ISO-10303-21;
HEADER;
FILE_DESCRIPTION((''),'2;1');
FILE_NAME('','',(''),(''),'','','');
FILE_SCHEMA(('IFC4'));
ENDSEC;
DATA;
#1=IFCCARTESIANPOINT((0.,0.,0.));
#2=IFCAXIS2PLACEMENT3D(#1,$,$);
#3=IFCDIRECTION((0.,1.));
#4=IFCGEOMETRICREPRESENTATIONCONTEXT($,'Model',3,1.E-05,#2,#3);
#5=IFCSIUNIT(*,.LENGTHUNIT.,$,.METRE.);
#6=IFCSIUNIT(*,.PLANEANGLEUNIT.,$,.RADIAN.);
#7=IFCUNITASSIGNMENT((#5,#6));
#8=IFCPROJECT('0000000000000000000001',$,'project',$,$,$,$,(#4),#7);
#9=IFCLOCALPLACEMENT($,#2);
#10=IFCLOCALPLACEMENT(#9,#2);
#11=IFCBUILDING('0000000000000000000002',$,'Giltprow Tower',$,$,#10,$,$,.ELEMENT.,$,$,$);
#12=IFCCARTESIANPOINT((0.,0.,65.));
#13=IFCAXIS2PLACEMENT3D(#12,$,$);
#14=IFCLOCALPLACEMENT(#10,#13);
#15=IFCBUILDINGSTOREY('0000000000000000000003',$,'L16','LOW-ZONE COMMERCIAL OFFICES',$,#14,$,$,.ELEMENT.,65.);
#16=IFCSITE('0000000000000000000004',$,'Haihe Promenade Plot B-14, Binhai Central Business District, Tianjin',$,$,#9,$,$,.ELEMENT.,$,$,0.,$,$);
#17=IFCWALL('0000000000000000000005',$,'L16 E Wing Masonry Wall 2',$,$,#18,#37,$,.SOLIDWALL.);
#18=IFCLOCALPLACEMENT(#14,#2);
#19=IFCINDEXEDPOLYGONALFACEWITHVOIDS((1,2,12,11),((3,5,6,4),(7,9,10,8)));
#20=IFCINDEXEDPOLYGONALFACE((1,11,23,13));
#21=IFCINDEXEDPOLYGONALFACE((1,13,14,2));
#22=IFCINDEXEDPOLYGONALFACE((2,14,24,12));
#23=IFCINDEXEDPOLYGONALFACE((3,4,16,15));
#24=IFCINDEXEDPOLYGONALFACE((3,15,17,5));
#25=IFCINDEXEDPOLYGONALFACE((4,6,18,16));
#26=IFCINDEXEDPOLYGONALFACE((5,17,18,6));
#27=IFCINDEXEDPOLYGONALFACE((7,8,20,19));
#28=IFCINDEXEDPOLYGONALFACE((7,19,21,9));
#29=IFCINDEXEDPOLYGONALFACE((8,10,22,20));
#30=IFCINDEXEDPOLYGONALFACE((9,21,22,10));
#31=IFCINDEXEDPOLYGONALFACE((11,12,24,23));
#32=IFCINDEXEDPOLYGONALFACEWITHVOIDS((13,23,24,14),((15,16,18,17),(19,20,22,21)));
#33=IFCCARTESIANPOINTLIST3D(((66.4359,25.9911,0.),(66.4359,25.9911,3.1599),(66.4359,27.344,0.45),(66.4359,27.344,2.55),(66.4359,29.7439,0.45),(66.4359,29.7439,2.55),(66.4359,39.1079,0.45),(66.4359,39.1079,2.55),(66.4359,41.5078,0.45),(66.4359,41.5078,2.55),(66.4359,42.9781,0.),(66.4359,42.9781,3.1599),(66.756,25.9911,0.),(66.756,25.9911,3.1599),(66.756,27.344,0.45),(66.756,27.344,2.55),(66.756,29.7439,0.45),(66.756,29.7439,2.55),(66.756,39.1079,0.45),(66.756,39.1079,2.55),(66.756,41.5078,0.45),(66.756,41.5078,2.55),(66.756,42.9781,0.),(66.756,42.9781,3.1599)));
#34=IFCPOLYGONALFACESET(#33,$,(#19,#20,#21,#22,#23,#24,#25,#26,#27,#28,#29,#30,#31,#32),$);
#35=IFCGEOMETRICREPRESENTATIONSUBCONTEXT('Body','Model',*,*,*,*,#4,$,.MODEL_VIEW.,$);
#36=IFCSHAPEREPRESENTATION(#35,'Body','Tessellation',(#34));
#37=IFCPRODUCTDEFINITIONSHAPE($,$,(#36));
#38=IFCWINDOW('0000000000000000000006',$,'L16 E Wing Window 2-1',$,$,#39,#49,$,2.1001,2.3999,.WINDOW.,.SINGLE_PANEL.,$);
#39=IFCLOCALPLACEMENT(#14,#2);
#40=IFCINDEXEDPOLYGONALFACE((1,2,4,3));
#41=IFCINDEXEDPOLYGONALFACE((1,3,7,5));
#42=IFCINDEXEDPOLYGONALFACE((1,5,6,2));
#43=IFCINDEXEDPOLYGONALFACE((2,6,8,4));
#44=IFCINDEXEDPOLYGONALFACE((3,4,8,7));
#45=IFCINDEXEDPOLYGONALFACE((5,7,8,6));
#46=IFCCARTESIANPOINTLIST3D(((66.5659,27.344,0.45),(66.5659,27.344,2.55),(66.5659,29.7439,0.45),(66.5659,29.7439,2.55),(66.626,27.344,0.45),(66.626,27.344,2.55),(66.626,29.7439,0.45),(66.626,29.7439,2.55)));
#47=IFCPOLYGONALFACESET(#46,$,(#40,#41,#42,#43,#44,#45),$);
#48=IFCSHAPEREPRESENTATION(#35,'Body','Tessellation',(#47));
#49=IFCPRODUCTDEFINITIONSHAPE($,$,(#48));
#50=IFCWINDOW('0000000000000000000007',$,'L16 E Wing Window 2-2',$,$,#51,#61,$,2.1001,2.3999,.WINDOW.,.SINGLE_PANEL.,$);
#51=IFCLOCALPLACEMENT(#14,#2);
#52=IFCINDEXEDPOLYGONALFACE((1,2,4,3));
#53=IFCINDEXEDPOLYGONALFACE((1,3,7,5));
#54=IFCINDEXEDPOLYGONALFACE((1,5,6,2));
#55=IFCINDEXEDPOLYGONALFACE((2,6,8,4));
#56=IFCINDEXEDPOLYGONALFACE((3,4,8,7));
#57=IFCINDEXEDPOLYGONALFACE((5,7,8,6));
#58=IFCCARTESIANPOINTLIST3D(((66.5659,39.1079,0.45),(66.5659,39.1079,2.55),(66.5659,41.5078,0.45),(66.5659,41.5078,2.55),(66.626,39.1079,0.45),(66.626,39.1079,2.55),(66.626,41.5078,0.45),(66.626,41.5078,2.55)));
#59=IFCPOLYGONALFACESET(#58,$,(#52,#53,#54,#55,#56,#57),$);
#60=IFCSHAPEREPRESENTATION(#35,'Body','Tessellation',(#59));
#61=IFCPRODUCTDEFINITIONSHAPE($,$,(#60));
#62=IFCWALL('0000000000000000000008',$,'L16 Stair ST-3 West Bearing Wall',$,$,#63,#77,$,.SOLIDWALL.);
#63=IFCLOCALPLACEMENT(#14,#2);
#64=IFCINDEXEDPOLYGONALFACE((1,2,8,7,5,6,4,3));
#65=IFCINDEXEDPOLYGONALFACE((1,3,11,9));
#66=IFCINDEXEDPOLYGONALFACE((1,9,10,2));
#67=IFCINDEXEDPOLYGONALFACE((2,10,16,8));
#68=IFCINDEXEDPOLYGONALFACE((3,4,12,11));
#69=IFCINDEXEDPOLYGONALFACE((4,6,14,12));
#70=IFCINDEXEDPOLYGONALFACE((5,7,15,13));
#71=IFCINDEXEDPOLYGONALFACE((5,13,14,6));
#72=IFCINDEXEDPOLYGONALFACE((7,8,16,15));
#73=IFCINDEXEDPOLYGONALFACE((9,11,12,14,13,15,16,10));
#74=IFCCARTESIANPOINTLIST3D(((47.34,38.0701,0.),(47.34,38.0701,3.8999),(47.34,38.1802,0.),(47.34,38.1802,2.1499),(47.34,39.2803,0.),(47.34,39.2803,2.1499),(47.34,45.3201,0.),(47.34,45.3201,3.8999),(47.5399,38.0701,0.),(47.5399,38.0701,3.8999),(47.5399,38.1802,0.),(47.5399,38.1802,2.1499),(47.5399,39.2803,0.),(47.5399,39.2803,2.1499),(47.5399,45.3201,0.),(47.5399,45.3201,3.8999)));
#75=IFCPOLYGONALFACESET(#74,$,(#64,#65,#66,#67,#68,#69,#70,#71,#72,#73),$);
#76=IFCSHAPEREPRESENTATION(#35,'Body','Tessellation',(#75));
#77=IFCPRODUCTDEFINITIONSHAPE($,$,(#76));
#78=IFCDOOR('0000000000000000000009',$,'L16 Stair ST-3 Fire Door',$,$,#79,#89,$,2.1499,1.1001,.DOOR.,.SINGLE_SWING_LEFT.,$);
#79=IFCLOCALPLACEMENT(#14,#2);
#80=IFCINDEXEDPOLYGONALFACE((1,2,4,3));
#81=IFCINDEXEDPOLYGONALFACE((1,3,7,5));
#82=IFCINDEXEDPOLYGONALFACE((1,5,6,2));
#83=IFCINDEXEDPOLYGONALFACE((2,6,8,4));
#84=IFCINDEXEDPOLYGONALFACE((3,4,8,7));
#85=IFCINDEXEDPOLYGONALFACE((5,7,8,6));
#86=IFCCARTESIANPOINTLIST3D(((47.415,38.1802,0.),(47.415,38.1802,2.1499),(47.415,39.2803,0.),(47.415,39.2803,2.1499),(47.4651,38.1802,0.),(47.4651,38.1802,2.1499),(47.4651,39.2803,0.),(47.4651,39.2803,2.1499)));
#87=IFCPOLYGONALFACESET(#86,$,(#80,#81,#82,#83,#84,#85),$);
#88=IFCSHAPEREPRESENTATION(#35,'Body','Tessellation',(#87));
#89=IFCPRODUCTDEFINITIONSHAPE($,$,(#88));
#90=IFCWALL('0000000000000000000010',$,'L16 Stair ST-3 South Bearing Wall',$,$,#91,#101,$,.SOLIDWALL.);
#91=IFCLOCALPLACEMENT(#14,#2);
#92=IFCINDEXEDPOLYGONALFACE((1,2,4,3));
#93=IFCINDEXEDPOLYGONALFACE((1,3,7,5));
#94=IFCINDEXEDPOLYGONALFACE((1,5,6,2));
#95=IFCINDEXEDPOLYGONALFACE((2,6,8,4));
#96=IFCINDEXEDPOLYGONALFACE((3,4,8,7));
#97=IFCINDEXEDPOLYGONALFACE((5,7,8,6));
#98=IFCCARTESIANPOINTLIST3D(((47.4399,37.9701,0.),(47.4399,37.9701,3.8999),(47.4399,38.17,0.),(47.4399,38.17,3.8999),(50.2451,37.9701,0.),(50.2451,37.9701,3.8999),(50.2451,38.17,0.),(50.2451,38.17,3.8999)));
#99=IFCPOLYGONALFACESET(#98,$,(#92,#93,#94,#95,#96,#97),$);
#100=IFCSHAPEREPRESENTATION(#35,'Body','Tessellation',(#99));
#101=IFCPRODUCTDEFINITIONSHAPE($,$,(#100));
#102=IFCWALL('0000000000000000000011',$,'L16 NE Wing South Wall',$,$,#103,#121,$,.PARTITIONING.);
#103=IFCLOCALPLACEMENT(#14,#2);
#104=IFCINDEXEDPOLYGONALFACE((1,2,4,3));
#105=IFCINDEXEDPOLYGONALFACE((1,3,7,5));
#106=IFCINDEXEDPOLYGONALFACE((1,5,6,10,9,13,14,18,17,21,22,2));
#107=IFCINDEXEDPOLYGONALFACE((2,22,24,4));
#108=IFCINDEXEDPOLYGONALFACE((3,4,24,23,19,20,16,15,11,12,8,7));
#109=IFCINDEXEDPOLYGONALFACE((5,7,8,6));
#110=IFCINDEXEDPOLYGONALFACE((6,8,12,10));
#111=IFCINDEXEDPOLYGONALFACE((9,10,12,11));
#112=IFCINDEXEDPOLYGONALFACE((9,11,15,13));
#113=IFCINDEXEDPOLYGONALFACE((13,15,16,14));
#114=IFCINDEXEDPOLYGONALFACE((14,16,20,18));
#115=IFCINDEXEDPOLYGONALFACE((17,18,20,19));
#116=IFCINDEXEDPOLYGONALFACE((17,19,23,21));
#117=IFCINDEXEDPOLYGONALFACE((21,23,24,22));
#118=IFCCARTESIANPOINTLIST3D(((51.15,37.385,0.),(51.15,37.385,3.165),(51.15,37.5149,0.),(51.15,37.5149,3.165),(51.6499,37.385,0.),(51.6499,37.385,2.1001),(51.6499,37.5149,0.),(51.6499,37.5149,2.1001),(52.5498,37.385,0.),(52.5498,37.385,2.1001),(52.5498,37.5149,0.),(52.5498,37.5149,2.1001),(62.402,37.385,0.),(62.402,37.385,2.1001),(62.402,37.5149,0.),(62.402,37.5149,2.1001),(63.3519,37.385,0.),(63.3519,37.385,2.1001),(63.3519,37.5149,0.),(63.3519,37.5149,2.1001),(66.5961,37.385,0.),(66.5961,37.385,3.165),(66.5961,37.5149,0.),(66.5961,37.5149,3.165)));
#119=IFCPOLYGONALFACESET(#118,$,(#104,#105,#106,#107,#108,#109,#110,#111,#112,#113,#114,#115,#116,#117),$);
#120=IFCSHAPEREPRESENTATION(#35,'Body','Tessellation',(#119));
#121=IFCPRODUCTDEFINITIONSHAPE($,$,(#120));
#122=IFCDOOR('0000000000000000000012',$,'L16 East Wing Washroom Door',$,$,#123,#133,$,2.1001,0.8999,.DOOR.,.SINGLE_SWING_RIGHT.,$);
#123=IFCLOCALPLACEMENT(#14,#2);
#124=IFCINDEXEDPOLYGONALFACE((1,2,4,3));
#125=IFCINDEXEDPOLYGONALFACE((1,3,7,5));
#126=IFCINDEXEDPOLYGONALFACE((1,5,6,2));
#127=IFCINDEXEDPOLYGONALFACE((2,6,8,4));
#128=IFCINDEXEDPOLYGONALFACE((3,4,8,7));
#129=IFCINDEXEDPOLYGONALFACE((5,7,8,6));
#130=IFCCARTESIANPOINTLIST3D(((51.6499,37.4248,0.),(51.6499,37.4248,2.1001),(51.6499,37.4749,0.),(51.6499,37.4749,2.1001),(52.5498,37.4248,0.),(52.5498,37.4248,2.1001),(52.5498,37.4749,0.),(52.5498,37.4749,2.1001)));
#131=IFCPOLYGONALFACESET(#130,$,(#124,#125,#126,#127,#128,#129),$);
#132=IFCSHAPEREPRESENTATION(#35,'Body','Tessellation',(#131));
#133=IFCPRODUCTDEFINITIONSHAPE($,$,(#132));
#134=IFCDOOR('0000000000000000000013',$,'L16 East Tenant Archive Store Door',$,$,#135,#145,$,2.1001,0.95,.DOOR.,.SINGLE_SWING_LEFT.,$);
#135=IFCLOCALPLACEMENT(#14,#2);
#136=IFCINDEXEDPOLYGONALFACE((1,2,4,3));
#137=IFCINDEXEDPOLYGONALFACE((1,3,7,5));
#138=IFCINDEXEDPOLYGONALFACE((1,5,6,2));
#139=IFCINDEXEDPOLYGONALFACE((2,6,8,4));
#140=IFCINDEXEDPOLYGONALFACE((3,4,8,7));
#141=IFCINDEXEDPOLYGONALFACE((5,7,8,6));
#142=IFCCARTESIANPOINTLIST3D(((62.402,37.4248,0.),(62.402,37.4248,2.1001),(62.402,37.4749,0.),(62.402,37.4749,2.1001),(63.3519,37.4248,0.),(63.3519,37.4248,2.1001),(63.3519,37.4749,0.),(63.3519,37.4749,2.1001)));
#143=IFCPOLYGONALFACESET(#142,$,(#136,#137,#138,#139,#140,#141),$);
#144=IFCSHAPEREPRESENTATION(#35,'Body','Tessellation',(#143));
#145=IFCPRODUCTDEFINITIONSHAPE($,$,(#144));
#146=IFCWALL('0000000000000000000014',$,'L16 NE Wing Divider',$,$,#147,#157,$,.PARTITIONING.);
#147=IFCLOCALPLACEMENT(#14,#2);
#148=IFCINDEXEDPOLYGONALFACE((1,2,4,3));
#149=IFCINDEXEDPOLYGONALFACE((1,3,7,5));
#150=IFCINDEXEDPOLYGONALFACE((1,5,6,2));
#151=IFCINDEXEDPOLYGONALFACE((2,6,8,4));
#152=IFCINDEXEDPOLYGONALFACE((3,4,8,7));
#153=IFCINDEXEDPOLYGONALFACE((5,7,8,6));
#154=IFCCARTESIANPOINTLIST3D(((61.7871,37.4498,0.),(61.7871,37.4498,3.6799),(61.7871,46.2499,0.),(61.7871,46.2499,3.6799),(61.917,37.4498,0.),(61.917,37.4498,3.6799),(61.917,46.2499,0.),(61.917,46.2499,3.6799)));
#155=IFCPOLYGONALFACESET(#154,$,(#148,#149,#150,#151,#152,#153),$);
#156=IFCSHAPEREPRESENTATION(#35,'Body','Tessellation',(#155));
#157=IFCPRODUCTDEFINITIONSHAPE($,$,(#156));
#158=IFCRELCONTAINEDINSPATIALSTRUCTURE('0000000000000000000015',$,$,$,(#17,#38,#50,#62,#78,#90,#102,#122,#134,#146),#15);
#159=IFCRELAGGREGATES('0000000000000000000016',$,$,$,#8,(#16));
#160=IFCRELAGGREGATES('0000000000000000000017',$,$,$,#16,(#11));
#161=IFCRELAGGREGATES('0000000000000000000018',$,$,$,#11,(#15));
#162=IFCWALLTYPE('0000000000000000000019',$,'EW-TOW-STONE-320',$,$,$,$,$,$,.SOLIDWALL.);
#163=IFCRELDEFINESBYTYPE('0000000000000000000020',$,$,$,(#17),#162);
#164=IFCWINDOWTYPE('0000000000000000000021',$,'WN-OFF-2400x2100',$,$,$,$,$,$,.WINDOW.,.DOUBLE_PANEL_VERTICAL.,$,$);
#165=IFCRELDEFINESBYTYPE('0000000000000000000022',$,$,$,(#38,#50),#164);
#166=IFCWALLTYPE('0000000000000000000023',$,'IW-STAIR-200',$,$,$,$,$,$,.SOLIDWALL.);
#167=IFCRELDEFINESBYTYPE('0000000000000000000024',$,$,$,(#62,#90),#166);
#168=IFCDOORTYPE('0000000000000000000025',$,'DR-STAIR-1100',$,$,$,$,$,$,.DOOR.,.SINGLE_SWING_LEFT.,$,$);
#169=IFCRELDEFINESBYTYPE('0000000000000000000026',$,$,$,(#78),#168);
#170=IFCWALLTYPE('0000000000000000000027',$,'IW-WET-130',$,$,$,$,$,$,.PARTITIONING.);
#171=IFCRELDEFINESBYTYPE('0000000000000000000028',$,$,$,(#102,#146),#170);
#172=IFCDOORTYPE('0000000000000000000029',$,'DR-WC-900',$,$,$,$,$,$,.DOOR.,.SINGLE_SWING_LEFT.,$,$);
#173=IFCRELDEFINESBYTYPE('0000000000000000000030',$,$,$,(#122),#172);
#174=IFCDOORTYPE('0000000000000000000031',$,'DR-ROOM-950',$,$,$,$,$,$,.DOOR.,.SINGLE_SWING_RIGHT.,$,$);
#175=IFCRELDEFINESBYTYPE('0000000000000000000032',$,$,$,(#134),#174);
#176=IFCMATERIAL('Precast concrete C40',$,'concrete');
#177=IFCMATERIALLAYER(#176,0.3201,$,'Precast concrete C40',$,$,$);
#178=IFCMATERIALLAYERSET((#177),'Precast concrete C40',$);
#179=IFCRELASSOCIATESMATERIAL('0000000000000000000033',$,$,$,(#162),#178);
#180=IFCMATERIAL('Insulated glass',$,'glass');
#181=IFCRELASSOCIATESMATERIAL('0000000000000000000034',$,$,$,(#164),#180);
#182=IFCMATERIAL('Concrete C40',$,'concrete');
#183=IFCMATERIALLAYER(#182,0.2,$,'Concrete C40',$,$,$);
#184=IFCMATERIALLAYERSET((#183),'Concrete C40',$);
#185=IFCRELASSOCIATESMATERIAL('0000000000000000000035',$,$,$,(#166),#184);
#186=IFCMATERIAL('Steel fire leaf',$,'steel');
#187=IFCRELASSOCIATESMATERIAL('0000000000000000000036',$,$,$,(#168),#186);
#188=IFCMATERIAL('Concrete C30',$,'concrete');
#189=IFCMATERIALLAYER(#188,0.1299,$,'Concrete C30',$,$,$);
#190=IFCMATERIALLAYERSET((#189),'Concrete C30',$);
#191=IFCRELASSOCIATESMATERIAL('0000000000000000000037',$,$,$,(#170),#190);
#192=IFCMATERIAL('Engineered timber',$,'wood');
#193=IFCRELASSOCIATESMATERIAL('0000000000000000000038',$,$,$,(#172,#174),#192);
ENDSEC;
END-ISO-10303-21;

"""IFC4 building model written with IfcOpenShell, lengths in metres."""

from ifc_helpers import new_model, si_unit, direction, frame, frame_2d, origin, place, context, subcontext, project, spatial, rectangle, extrude, source, transform, mapped, material, layer, layer_set, type_object, element, fill, save


model = new_model("IFC4")

# Units and contexts
model_context = context("Model", 3, precision=1e-05, world=origin(), true_north=direction((0.0, 1.0)))
body_context = subcontext(model_context, "Body", "Model", "MODEL_VIEW")
ifc_project = project(units=[si_unit("LENGTHUNIT", "METRE"), si_unit("PLANEANGLEUNIT", "RADIAN")], contexts=[model_context])

# Site, building, storey
site_placement = place(None, origin())
site = spatial("IfcSite", under=ifc_project, at=site_placement, Name="Haihe Promenade Plot B-14, Binhai Central Business District, Tianjin", CompositionType="ELEMENT", RefElevation=0.0)
building_placement = place(site_placement, origin())
building = spatial("IfcBuilding", under=site, at=building_placement, Name="Giltprow Tower", CompositionType="ELEMENT")
storey_placement = place(building_placement, frame((0.0, 0.0, 65.0)))
storey = spatial("IfcBuildingStorey", under=building, at=storey_placement, Name="L16", Description="LOW-ZONE COMMERCIAL OFFICES", CompositionType="ELEMENT", Elevation=65.0)

# Wall, openings, windows
ifc_material_1 = material(Name="Precast concrete C40", Category="concrete")
ifc_layer_1 = layer(ifc_material_1, 0.3201, Name="Precast concrete C40")
ifc_layer_set_1 = layer_set([ifc_layer_1], Name="Precast concrete C40")
wall_type_1 = type_object("IfcWallType", Name="EW-TOW-STONE-320", PredefinedType="SOLIDWALL", material=ifc_layer_set_1)
wall_1_placement = place(storey_placement, frame((66.5959, 25.991, 0.0), z_axis=(0.0, 0.0, 1.0), x_axis=(0.0, 1.0, 0.0)))
wall_1 = element("IfcWall", 1, at=wall_1_placement, inside=storey, type_object=wall_type_1, Name="L16 E Wing Masonry Wall 2", PredefinedType="SOLIDWALL", context=body_context, shape_type="SweptSolid", body=[
    extrude(rectangle(XDim=16.9871, YDim=0.3201, at=frame_2d((8.4937, 0.0))), origin(), (0.0, 0.0, 1.0), 3.1599),
])
opening_1_placement = place(wall_1_placement, frame((1.353, 0.0, 0.45)))
opening_1 = element("IfcOpeningElement", 2, at=opening_1_placement, cuts=wall_1, PredefinedType="OPENING", context=body_context, shape_type="SweptSolid", body=[
    extrude(rectangle(XDim=2.3999, YDim=2.1001, at=frame_2d((1.2, 1.05))), frame((0.0, 0.1699, 0.0), z_axis=(0.0, -1.0, 0.0), x_axis=(1.0, 0.0, 0.0)), (0.0, 0.0, 1.0), 0.3401),
])
opening_2_placement = place(wall_1_placement, frame((13.1169, 0.0, 0.45)))
opening_2 = element("IfcOpeningElement", 3, at=opening_2_placement, cuts=wall_1, PredefinedType="OPENING", context=body_context, shape_type="SweptSolid", body=[
    extrude(rectangle(XDim=2.3999, YDim=2.1001, at=frame_2d((1.2, 1.05))), frame((0.0, 0.1699, 0.0), z_axis=(0.0, -1.0, 0.0), x_axis=(1.0, 0.0, 0.0)), (0.0, 0.0, 1.0), 0.3401),
])
ifc_material_2 = material(Name="Insulated glass", Category="glass")
window_type = type_object("IfcWindowType", Name="WN-OFF-2400x2100", PartitioningType="DOUBLE_PANEL_VERTICAL", PredefinedType="WINDOW", material=ifc_material_2)
shared_shape_1 = source(origin(), body_context, "Body", "SweptSolid", [
    extrude(rectangle(XDim=2.3999, YDim=2.1001, at=frame_2d((1.2, 1.05))), frame((0.0, 0.03, 0.0), z_axis=(0.0, -1.0, 0.0), x_axis=(1.0, 0.0, 0.0)), (0.0, 0.0, 1.0), 0.0601),
])
window_1_placement = place(opening_1_placement, origin())
window_1 = element("IfcWindow", 4, at=window_1_placement, inside=storey, type_object=window_type, Name="L16 E Wing Window 2-1", OverallHeight=2.1001, OverallWidth=2.3999, PartitioningType="SINGLE_PANEL", PredefinedType="WINDOW", context=body_context, shape_type="MappedRepresentation", body=[
    mapped(shared_shape_1, transform((0.0, 0.0, 0.0), x_axis=(1.0, 0.0, 0.0), y_axis=(0.0, 1.0, 0.0), z_axis=(0.0, 0.0, 1.0), scale=1.0)),
])
fill(opening_1, window_1)
window_2_placement = place(opening_2_placement, origin())
window_2 = element("IfcWindow", 5, at=window_2_placement, inside=storey, type_object=window_type, Name="L16 E Wing Window 2-2", OverallHeight=2.1001, OverallWidth=2.3999, PartitioningType="SINGLE_PANEL", PredefinedType="WINDOW", context=body_context, shape_type="MappedRepresentation", body=[
    mapped(shared_shape_1, transform((0.0, 0.0, 0.0), x_axis=(1.0, 0.0, 0.0), y_axis=(0.0, 1.0, 0.0), z_axis=(0.0, 0.0, 1.0), scale=1.0)),
])
fill(opening_2, window_2)

# Wall, opening, door
ifc_material_3 = material(Name="Concrete C40", Category="concrete")
ifc_layer_2 = layer(ifc_material_3, 0.2, Name="Concrete C40")
ifc_layer_set_2 = layer_set([ifc_layer_2], Name="Concrete C40")
wall_type_2 = type_object("IfcWallType", Name="IW-STAIR-200", PredefinedType="SOLIDWALL", material=ifc_layer_set_2)
wall_2_placement = place(storey_placement, frame((47.4399, 38.0701, 0.0), z_axis=(0.0, 0.0, 1.0), x_axis=(0.0, 1.0, 0.0)))
wall_2 = element("IfcWall", 6, at=wall_2_placement, inside=storey, type_object=wall_type_2, Name="L16 Stair ST-3 West Bearing Wall", PredefinedType="SOLIDWALL", context=body_context, shape_type="SweptSolid", body=[
    extrude(rectangle(XDim=7.25, YDim=0.2, at=frame_2d((3.625, 0.0))), origin(), (0.0, 0.0, 1.0), 3.8999),
])
opening_3_placement = place(wall_2_placement, frame((0.1101, 0.0, 0.0)))
opening_3 = element("IfcOpeningElement", 7, at=opening_3_placement, cuts=wall_2, PredefinedType="OPENING", context=body_context, shape_type="SweptSolid", body=[
    extrude(rectangle(XDim=1.1001, YDim=2.1499, at=frame_2d((0.55, 1.075))), frame((0.0, 0.1099, 0.0), z_axis=(0.0, -1.0, 0.0), x_axis=(1.0, 0.0, 0.0)), (0.0, 0.0, 1.0), 0.22),
])
ifc_material_4 = material(Name="Steel fire leaf", Category="steel")
door_type_1 = type_object("IfcDoorType", Name="DR-STAIR-1100", OperationType="SINGLE_SWING_LEFT", PredefinedType="DOOR", material=ifc_material_4)
shared_shape_2 = source(origin(), body_context, "Body", "SweptSolid", [
    extrude(rectangle(XDim=1.1001, YDim=2.1499, at=frame_2d((0.55, 1.075))), frame((0.0, 0.0249, 0.0), z_axis=(0.0, -1.0, 0.0), x_axis=(1.0, 0.0, 0.0)), (0.0, 0.0, 1.0), 0.05),
])
door_1_placement = place(opening_3_placement, origin())
door_1 = element("IfcDoor", 8, at=door_1_placement, inside=storey, type_object=door_type_1, Name="L16 Stair ST-3 Fire Door", OperationType="SINGLE_SWING_LEFT", OverallHeight=2.1499, OverallWidth=1.1001, PredefinedType="DOOR", context=body_context, shape_type="MappedRepresentation", body=[
    mapped(shared_shape_2, transform((0.0, 0.0, 0.0), x_axis=(1.0, 0.0, 0.0), y_axis=(0.0, 1.0, 0.0), z_axis=(0.0, 0.0, 1.0), scale=1.0)),
])
fill(opening_3, door_1)

# Wall
wall_3_placement = place(storey_placement, frame((47.4399, 38.0701, 0.0), z_axis=(0.0, 0.0, 1.0), x_axis=(1.0, 0.0, 0.0)))
element("IfcWall", 9, at=wall_3_placement, inside=storey, type_object=wall_type_2, Name="L16 Stair ST-3 South Bearing Wall", PredefinedType="SOLIDWALL", context=body_context, shape_type="SweptSolid", body=[
    extrude(rectangle(XDim=2.8052, YDim=0.2, at=frame_2d((1.4026, 0.0))), origin(), (0.0, 0.0, 1.0), 3.8999),
])

# Wall, openings, doors
ifc_material_5 = material(Name="Concrete C30", Category="concrete")
ifc_layer_3 = layer(ifc_material_5, 0.1299, Name="Concrete C30")
ifc_layer_set_3 = layer_set([ifc_layer_3], Name="Concrete C30")
wall_type_3 = type_object("IfcWallType", Name="IW-WET-130", PredefinedType="PARTITIONING", material=ifc_layer_set_3)
wall_4_placement = place(storey_placement, frame((51.1499, 37.45, 0.0), z_axis=(0.0, 0.0, 1.0), x_axis=(1.0, 0.0, 0.0)))
wall_4 = element("IfcWall", 10, at=wall_4_placement, inside=storey, type_object=wall_type_3, Name="L16 NE Wing South Wall", PredefinedType="PARTITIONING", context=body_context, shape_type="SweptSolid", body=[
    extrude(rectangle(XDim=15.446, YDim=0.1299, at=frame_2d((7.7231, 0.0))), origin(), (0.0, 0.0, 1.0), 3.165),
])
opening_4_placement = place(wall_4_placement, frame((0.5, 0.0, 0.0)))
opening_4 = element("IfcOpeningElement", 11, at=opening_4_placement, cuts=wall_4, PredefinedType="OPENING", context=body_context, shape_type="SweptSolid", body=[
    extrude(rectangle(XDim=0.8999, YDim=2.1001, at=frame_2d((0.45, 1.05))), frame((0.0, 0.075, 0.0), z_axis=(0.0, -1.0, 0.0), x_axis=(1.0, 0.0, 0.0)), (0.0, 0.0, 1.0), 0.1499),
])
opening_5_placement = place(wall_4_placement, frame((11.252, 0.0, 0.0)))
opening_5 = element("IfcOpeningElement", 12, at=opening_5_placement, cuts=wall_4, PredefinedType="OPENING", context=body_context, shape_type="SweptSolid", body=[
    extrude(rectangle(XDim=0.95, YDim=2.1001, at=frame_2d((0.4751, 1.05))), frame((0.0, 0.075, 0.0), z_axis=(0.0, -1.0, 0.0), x_axis=(1.0, 0.0, 0.0)), (0.0, 0.0, 1.0), 0.1499),
])
ifc_material_6 = material(Name="Engineered timber", Category="wood")
door_type_2 = type_object("IfcDoorType", Name="DR-WC-900", OperationType="SINGLE_SWING_LEFT", PredefinedType="DOOR", material=ifc_material_6)
shared_shape_3 = source(origin(), body_context, "Body", "SweptSolid", [
    extrude(rectangle(XDim=0.8999, YDim=2.1001, at=frame_2d((0.45, 1.05))), frame((0.0, 0.0249, 0.0), z_axis=(0.0, -1.0, 0.0), x_axis=(1.0, 0.0, 0.0)), (0.0, 0.0, 1.0), 0.05),
])
door_2_placement = place(opening_4_placement, origin())
door_2 = element("IfcDoor", 13, at=door_2_placement, inside=storey, type_object=door_type_2, Name="L16 East Wing Washroom Door", OperationType="SINGLE_SWING_RIGHT", OverallHeight=2.1001, OverallWidth=0.8999, PredefinedType="DOOR", context=body_context, shape_type="MappedRepresentation", body=[
    mapped(shared_shape_3, transform((0.0, 0.0, 0.0), x_axis=(1.0, 0.0, 0.0), y_axis=(0.0, 1.0, 0.0), z_axis=(0.0, 0.0, 1.0), scale=1.0)),
])
fill(opening_4, door_2)
door_type_3 = type_object("IfcDoorType", Name="DR-ROOM-950", OperationType="SINGLE_SWING_RIGHT", PredefinedType="DOOR", material=ifc_material_6)
shared_shape_4 = source(origin(), body_context, "Body", "SweptSolid", [
    extrude(rectangle(XDim=0.95, YDim=2.1001, at=frame_2d((0.4751, 1.05))), frame((0.0, 0.0249, 0.0), z_axis=(0.0, -1.0, 0.0), x_axis=(1.0, 0.0, 0.0)), (0.0, 0.0, 1.0), 0.05),
])
door_3_placement = place(opening_5_placement, origin())
door_3 = element("IfcDoor", 14, at=door_3_placement, inside=storey, type_object=door_type_3, Name="L16 East Tenant Archive Store Door", OperationType="SINGLE_SWING_LEFT", OverallHeight=2.1001, OverallWidth=0.95, PredefinedType="DOOR", context=body_context, shape_type="MappedRepresentation", body=[
    mapped(shared_shape_4, transform((0.0, 0.0, 0.0), x_axis=(1.0, 0.0, 0.0), y_axis=(0.0, 1.0, 0.0), z_axis=(0.0, 0.0, 1.0), scale=1.0)),
])
fill(opening_5, door_3)

# Wall
wall_5_placement = place(storey_placement, frame((61.8521, 37.45, 0.0), z_axis=(0.0, 0.0, 1.0), x_axis=(0.0, 1.0, 0.0)))
element("IfcWall", 15, at=wall_5_placement, inside=storey, type_object=wall_type_3, Name="L16 NE Wing Divider", PredefinedType="PARTITIONING", context=body_context, shape_type="SweptSolid", body=[
    extrude(rectangle(XDim=8.8, YDim=0.1299, at=frame_2d((4.3999, 0.0))), origin(), (0.0, 0.0, 1.0), 3.6799),
])

save(model, "model.ifc")
